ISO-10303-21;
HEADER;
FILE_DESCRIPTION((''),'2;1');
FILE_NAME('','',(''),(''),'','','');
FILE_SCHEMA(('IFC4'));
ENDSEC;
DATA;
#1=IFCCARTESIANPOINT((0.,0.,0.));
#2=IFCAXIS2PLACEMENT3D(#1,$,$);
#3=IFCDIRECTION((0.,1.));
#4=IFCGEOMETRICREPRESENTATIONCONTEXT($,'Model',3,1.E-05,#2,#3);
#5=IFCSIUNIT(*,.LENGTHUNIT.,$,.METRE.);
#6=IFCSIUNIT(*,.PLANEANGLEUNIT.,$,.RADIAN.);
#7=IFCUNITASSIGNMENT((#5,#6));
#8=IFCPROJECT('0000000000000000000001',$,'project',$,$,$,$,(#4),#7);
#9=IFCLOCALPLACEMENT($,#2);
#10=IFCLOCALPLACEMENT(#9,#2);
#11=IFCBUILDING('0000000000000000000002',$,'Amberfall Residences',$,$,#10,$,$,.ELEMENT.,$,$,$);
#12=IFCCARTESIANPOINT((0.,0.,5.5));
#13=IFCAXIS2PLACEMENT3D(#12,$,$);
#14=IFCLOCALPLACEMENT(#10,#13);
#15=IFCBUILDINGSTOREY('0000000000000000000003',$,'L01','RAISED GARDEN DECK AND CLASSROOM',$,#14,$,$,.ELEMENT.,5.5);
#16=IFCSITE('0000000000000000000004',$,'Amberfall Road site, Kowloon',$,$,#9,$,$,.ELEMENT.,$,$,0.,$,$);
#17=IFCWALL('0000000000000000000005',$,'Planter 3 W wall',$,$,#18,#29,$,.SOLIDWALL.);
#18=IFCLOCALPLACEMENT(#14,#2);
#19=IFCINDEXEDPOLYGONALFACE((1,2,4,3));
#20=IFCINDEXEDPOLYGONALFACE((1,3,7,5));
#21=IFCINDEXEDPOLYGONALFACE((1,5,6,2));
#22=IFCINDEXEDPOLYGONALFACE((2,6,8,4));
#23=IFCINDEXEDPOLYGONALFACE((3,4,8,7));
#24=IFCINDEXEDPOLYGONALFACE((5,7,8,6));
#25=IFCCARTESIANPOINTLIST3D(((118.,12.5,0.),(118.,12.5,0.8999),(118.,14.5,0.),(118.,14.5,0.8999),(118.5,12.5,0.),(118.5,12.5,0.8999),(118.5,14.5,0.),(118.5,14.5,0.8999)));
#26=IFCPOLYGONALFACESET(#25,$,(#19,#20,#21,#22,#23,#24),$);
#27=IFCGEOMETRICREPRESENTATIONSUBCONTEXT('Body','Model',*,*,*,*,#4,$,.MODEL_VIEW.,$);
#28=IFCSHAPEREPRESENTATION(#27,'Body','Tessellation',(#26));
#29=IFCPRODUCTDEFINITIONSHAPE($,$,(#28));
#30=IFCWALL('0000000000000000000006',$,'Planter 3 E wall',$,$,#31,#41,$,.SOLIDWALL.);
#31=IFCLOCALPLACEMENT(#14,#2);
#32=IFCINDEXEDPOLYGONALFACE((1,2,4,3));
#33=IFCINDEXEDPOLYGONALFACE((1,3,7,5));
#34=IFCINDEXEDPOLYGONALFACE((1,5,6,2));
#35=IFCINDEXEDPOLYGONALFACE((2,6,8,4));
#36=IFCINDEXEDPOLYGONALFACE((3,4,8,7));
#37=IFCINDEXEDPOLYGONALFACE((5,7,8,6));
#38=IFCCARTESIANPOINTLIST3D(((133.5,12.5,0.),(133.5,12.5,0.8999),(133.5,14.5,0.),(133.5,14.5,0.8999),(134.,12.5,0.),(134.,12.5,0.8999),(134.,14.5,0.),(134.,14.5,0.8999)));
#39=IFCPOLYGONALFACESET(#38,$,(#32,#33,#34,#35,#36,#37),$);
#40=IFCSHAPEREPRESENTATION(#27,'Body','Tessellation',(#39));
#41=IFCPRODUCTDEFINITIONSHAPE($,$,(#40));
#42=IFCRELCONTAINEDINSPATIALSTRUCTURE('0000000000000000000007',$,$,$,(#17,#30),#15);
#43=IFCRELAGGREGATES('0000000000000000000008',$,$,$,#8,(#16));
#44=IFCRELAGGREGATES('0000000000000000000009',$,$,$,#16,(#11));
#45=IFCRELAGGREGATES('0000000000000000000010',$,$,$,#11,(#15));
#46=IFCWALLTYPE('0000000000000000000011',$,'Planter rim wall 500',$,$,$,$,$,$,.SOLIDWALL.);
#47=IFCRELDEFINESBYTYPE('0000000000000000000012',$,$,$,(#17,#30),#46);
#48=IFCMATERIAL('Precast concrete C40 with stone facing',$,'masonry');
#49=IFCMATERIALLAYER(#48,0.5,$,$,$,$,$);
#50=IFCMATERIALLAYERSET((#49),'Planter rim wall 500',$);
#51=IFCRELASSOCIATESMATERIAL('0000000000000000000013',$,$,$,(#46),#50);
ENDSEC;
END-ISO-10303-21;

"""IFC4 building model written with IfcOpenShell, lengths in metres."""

from ifc_helpers import new_model, si_unit, direction, frame, frame_2d, origin, place, context, subcontext, project, spatial, rectangle, extrude, material, layer, layer_set, type_object, element, save


model = new_model("IFC4")

# Units and contexts
model_context = context("Model", 3, precision=1e-05, world=origin(), true_north=direction((0.0, 1.0)))
body_context = subcontext(model_context, "Body", "Model", "MODEL_VIEW")
ifc_project = project(units=[si_unit("LENGTHUNIT", "METRE"), si_unit("PLANEANGLEUNIT", "RADIAN")], contexts=[model_context])

# Site, building, storey
site_placement = place(None, origin())
site = spatial("IfcSite", under=ifc_project, at=site_placement, Name="Amberfall Road site, Kowloon", CompositionType="ELEMENT", RefElevation=0.0)
building_placement = place(site_placement, origin())
building = spatial("IfcBuilding", under=site, at=building_placement, Name="Amberfall Residences", CompositionType="ELEMENT")
storey_placement = place(building_placement, frame((0.0, 0.0, 5.5)))
storey = spatial("IfcBuildingStorey", under=building, at=storey_placement, Name="L01", Description="RAISED GARDEN DECK AND CLASSROOM", CompositionType="ELEMENT", Elevation=5.5)

# Walls
ifc_material_1 = material(Name="Precast concrete C40 with stone facing", Category="masonry")
ifc_layer_1 = layer(ifc_material_1, 0.5)
ifc_layer_set_1 = layer_set([ifc_layer_1], Name="Planter rim wall 500")
wall_type_1 = type_object("IfcWallType", Name="Planter rim wall 500", PredefinedType="SOLIDWALL", material=ifc_layer_set_1)
for number, where, z_axis, x_axis, name in (
    (1, (118.25, 12.5, 0.0), (0.0, 0.0, 1.0), (0.0, 1.0, 0.0), "Planter 3 W wall"),
    (2, (133.75, 12.5, 0.0), (0.0, 0.0, 1.0), (0.0, 1.0, 0.0), "Planter 3 E wall"),
):
    element("IfcWall", number, at=place(storey_placement, frame(where, z_axis=z_axis, x_axis=x_axis)), inside=storey, type_object=wall_type_1, Name=name, PredefinedType="SOLIDWALL", context=body_context, shape_type="SweptSolid", body=[
        extrude(rectangle(XDim=2.0, YDim=0.5, at=frame_2d((1.0, 0.0))), origin(), (0.0, 0.0, 1.0), 0.8999),
    ])

save(model, "model.ifc")
